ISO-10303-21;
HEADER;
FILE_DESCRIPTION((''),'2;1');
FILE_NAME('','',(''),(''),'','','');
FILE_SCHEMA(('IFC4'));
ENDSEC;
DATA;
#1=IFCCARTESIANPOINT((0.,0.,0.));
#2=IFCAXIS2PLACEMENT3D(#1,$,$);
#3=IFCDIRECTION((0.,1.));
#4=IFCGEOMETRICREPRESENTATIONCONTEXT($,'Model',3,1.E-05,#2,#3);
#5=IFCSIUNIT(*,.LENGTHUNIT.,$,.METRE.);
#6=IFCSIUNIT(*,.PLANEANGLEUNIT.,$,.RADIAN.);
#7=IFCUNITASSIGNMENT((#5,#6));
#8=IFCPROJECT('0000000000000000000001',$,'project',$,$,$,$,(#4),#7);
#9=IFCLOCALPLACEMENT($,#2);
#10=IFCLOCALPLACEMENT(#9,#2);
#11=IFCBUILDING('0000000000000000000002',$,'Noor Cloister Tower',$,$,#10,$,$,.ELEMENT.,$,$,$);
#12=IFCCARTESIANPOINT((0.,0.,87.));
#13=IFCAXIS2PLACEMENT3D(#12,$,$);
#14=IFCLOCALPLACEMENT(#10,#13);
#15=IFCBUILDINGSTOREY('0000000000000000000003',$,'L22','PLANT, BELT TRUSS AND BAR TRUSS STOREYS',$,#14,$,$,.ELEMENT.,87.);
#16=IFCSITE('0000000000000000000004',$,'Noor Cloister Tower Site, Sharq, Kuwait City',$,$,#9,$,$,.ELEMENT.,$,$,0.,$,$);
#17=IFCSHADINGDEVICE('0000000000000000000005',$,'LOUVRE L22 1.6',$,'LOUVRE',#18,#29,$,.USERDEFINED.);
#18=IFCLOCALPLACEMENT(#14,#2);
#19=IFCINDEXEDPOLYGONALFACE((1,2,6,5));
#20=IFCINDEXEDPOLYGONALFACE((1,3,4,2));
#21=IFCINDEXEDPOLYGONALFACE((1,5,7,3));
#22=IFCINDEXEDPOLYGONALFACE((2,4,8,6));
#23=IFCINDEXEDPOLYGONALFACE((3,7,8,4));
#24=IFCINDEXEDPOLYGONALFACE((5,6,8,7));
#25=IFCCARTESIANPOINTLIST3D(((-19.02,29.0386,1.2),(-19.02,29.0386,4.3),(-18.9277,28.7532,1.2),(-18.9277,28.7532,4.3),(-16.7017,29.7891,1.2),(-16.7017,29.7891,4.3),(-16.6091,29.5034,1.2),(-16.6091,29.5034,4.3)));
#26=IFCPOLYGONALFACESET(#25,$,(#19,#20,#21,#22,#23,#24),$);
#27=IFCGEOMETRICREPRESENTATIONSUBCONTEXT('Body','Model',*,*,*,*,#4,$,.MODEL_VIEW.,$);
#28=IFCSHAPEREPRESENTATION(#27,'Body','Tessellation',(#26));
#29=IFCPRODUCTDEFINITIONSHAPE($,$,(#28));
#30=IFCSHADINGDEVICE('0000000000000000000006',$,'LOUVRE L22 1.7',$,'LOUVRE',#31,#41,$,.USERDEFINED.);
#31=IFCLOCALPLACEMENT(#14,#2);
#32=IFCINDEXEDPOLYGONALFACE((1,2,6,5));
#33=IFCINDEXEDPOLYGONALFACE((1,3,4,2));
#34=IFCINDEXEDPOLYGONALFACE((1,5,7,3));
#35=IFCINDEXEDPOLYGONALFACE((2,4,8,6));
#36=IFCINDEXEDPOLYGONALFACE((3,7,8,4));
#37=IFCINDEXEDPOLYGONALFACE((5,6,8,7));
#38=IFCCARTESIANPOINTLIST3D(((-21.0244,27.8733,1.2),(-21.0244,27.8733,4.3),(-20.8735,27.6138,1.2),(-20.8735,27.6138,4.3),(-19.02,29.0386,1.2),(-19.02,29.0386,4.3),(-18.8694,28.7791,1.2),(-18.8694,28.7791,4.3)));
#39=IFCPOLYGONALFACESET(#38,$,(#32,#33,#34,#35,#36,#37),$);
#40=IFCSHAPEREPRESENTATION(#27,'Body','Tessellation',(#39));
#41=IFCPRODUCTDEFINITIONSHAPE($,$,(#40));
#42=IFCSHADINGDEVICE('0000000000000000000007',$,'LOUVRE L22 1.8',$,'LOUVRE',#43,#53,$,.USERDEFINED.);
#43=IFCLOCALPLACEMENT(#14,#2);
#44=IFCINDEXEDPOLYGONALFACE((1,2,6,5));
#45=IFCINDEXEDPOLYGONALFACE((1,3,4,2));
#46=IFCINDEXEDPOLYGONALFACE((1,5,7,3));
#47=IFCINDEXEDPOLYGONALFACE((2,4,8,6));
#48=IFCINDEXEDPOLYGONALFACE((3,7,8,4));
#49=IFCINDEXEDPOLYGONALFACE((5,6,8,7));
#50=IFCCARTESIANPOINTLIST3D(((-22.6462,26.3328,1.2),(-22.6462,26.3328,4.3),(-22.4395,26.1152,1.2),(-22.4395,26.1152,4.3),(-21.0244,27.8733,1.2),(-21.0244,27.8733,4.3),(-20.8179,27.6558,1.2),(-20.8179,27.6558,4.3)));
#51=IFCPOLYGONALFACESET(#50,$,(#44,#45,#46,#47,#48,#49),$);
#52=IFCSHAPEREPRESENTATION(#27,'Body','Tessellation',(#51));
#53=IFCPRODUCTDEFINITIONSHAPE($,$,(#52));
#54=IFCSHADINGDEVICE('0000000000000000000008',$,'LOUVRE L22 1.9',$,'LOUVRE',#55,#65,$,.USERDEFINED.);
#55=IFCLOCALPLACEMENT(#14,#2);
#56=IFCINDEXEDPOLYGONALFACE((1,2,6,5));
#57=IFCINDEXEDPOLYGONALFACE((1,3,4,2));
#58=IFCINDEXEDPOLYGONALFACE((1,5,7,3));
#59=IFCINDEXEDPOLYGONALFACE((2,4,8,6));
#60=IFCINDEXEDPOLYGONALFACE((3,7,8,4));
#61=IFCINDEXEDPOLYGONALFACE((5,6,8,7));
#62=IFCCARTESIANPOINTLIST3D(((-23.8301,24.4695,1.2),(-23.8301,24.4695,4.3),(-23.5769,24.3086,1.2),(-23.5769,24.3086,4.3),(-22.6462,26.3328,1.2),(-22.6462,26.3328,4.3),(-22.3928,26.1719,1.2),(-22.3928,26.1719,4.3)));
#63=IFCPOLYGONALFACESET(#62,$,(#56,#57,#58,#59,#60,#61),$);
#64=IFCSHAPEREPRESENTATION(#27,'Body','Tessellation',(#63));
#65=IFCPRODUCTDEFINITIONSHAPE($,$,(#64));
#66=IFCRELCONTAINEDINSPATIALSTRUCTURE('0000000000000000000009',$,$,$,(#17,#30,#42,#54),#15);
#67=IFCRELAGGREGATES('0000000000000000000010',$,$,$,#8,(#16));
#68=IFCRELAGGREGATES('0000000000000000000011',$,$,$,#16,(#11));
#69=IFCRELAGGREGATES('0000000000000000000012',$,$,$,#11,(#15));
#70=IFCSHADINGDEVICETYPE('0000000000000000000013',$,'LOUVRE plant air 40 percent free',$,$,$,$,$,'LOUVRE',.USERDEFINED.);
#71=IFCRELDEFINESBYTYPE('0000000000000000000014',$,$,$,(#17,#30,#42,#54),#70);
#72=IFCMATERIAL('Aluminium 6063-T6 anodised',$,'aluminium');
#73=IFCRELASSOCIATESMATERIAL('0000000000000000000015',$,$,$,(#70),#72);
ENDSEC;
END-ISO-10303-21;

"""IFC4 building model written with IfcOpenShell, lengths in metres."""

from ifc_helpers import new_model, si_unit, direction, frame, origin, place, context, subcontext, project, spatial, polyline, outline, extrude, material, type_object, element, save


model = new_model("IFC4")

# Units and contexts
model_context = context("Model", 3, precision=1e-05, world=origin(), true_north=direction((0.0, 1.0)))
body_context = subcontext(model_context, "Body", "Model", "MODEL_VIEW")
ifc_project = project(units=[si_unit("LENGTHUNIT", "METRE"), si_unit("PLANEANGLEUNIT", "RADIAN")], contexts=[model_context])

# Site, building, storey
site_placement = place(None, origin())
site = spatial("IfcSite", under=ifc_project, at=site_placement, Name="Noor Cloister Tower Site, Sharq, Kuwait City", CompositionType="ELEMENT", RefElevation=0.0)
building_placement = place(site_placement, origin())
building = spatial("IfcBuilding", under=site, at=building_placement, Name="Noor Cloister Tower", CompositionType="ELEMENT")
storey_placement = place(building_placement, frame((0.0, 0.0, 87.0)))
storey = spatial("IfcBuildingStorey", under=building, at=storey_placement, Name="L22", Description="PLANT, BELT TRUSS AND BAR TRUSS STOREYS", CompositionType="ELEMENT", Elevation=87.0)

# Shading devices
ifc_material_1 = material(Name="Aluminium 6063-T6 anodised", Category="aluminium")
shading_device_type = type_object("IfcShadingDeviceType", Name="LOUVRE plant air 40 percent free", ElementType="LOUVRE", PredefinedType="USERDEFINED", material=ifc_material_1)
shading_device_1_placement = place(storey_placement, frame((0.0, 0.0, 1.2)))
element("IfcShadingDevice", 1, at=shading_device_1_placement, inside=storey, type_object=shading_device_type, Name="LOUVRE L22 1.6", ObjectType="LOUVRE", PredefinedType="USERDEFINED", context=body_context, shape_type="SweptSolid", body=[
    extrude(outline(polyline([(-16.7017, 29.7891), (-19.02, 29.0386), (-18.9277, 28.7532), (-16.6091, 29.5034), (-16.7017, 29.7891)])), origin(), (0.0, 0.0, 1.0), 3.1001),
])
shading_device_2_placement = place(storey_placement, frame((0.0, 0.0, 1.2)))
element("IfcShadingDevice", 2, at=shading_device_2_placement, inside=storey, type_object=shading_device_type, Name="LOUVRE L22 1.7", ObjectType="LOUVRE", PredefinedType="USERDEFINED", context=body_context, shape_type="SweptSolid", body=[
    extrude(outline(polyline([(-19.02, 29.0386), (-21.0244, 27.8733), (-20.8735, 27.6138), (-18.8694, 28.7791), (-19.02, 29.0386)])), origin(), (0.0, 0.0, 1.0), 3.1001),
])
shading_device_3_placement = place(storey_placement, frame((0.0, 0.0, 1.2)))
element("IfcShadingDevice", 3, at=shading_device_3_placement, inside=storey, type_object=shading_device_type, Name="LOUVRE L22 1.8", ObjectType="LOUVRE", PredefinedType="USERDEFINED", context=body_context, shape_type="SweptSolid", body=[
    extrude(outline(polyline([(-21.0244, 27.8733), (-22.6462, 26.3328), (-22.4395, 26.1152), (-20.8179, 27.6558), (-21.0244, 27.8733)])), origin(), (0.0, 0.0, 1.0), 3.1001),
])
shading_device_4_placement = place(storey_placement, frame((0.0, 0.0, 1.2)))
element("IfcShadingDevice", 4, at=shading_device_4_placement, inside=storey, type_object=shading_device_type, Name="LOUVRE L22 1.9", ObjectType="LOUVRE", PredefinedType="USERDEFINED", context=body_context, shape_type="SweptSolid", body=[
    extrude(outline(polyline([(-22.6462, 26.3328), (-23.8301, 24.4695), (-23.5769, 24.3086), (-22.3928, 26.1719), (-22.6462, 26.3328)])), origin(), (0.0, 0.0, 1.0), 3.1001),
])

save(model, "model.ifc")
